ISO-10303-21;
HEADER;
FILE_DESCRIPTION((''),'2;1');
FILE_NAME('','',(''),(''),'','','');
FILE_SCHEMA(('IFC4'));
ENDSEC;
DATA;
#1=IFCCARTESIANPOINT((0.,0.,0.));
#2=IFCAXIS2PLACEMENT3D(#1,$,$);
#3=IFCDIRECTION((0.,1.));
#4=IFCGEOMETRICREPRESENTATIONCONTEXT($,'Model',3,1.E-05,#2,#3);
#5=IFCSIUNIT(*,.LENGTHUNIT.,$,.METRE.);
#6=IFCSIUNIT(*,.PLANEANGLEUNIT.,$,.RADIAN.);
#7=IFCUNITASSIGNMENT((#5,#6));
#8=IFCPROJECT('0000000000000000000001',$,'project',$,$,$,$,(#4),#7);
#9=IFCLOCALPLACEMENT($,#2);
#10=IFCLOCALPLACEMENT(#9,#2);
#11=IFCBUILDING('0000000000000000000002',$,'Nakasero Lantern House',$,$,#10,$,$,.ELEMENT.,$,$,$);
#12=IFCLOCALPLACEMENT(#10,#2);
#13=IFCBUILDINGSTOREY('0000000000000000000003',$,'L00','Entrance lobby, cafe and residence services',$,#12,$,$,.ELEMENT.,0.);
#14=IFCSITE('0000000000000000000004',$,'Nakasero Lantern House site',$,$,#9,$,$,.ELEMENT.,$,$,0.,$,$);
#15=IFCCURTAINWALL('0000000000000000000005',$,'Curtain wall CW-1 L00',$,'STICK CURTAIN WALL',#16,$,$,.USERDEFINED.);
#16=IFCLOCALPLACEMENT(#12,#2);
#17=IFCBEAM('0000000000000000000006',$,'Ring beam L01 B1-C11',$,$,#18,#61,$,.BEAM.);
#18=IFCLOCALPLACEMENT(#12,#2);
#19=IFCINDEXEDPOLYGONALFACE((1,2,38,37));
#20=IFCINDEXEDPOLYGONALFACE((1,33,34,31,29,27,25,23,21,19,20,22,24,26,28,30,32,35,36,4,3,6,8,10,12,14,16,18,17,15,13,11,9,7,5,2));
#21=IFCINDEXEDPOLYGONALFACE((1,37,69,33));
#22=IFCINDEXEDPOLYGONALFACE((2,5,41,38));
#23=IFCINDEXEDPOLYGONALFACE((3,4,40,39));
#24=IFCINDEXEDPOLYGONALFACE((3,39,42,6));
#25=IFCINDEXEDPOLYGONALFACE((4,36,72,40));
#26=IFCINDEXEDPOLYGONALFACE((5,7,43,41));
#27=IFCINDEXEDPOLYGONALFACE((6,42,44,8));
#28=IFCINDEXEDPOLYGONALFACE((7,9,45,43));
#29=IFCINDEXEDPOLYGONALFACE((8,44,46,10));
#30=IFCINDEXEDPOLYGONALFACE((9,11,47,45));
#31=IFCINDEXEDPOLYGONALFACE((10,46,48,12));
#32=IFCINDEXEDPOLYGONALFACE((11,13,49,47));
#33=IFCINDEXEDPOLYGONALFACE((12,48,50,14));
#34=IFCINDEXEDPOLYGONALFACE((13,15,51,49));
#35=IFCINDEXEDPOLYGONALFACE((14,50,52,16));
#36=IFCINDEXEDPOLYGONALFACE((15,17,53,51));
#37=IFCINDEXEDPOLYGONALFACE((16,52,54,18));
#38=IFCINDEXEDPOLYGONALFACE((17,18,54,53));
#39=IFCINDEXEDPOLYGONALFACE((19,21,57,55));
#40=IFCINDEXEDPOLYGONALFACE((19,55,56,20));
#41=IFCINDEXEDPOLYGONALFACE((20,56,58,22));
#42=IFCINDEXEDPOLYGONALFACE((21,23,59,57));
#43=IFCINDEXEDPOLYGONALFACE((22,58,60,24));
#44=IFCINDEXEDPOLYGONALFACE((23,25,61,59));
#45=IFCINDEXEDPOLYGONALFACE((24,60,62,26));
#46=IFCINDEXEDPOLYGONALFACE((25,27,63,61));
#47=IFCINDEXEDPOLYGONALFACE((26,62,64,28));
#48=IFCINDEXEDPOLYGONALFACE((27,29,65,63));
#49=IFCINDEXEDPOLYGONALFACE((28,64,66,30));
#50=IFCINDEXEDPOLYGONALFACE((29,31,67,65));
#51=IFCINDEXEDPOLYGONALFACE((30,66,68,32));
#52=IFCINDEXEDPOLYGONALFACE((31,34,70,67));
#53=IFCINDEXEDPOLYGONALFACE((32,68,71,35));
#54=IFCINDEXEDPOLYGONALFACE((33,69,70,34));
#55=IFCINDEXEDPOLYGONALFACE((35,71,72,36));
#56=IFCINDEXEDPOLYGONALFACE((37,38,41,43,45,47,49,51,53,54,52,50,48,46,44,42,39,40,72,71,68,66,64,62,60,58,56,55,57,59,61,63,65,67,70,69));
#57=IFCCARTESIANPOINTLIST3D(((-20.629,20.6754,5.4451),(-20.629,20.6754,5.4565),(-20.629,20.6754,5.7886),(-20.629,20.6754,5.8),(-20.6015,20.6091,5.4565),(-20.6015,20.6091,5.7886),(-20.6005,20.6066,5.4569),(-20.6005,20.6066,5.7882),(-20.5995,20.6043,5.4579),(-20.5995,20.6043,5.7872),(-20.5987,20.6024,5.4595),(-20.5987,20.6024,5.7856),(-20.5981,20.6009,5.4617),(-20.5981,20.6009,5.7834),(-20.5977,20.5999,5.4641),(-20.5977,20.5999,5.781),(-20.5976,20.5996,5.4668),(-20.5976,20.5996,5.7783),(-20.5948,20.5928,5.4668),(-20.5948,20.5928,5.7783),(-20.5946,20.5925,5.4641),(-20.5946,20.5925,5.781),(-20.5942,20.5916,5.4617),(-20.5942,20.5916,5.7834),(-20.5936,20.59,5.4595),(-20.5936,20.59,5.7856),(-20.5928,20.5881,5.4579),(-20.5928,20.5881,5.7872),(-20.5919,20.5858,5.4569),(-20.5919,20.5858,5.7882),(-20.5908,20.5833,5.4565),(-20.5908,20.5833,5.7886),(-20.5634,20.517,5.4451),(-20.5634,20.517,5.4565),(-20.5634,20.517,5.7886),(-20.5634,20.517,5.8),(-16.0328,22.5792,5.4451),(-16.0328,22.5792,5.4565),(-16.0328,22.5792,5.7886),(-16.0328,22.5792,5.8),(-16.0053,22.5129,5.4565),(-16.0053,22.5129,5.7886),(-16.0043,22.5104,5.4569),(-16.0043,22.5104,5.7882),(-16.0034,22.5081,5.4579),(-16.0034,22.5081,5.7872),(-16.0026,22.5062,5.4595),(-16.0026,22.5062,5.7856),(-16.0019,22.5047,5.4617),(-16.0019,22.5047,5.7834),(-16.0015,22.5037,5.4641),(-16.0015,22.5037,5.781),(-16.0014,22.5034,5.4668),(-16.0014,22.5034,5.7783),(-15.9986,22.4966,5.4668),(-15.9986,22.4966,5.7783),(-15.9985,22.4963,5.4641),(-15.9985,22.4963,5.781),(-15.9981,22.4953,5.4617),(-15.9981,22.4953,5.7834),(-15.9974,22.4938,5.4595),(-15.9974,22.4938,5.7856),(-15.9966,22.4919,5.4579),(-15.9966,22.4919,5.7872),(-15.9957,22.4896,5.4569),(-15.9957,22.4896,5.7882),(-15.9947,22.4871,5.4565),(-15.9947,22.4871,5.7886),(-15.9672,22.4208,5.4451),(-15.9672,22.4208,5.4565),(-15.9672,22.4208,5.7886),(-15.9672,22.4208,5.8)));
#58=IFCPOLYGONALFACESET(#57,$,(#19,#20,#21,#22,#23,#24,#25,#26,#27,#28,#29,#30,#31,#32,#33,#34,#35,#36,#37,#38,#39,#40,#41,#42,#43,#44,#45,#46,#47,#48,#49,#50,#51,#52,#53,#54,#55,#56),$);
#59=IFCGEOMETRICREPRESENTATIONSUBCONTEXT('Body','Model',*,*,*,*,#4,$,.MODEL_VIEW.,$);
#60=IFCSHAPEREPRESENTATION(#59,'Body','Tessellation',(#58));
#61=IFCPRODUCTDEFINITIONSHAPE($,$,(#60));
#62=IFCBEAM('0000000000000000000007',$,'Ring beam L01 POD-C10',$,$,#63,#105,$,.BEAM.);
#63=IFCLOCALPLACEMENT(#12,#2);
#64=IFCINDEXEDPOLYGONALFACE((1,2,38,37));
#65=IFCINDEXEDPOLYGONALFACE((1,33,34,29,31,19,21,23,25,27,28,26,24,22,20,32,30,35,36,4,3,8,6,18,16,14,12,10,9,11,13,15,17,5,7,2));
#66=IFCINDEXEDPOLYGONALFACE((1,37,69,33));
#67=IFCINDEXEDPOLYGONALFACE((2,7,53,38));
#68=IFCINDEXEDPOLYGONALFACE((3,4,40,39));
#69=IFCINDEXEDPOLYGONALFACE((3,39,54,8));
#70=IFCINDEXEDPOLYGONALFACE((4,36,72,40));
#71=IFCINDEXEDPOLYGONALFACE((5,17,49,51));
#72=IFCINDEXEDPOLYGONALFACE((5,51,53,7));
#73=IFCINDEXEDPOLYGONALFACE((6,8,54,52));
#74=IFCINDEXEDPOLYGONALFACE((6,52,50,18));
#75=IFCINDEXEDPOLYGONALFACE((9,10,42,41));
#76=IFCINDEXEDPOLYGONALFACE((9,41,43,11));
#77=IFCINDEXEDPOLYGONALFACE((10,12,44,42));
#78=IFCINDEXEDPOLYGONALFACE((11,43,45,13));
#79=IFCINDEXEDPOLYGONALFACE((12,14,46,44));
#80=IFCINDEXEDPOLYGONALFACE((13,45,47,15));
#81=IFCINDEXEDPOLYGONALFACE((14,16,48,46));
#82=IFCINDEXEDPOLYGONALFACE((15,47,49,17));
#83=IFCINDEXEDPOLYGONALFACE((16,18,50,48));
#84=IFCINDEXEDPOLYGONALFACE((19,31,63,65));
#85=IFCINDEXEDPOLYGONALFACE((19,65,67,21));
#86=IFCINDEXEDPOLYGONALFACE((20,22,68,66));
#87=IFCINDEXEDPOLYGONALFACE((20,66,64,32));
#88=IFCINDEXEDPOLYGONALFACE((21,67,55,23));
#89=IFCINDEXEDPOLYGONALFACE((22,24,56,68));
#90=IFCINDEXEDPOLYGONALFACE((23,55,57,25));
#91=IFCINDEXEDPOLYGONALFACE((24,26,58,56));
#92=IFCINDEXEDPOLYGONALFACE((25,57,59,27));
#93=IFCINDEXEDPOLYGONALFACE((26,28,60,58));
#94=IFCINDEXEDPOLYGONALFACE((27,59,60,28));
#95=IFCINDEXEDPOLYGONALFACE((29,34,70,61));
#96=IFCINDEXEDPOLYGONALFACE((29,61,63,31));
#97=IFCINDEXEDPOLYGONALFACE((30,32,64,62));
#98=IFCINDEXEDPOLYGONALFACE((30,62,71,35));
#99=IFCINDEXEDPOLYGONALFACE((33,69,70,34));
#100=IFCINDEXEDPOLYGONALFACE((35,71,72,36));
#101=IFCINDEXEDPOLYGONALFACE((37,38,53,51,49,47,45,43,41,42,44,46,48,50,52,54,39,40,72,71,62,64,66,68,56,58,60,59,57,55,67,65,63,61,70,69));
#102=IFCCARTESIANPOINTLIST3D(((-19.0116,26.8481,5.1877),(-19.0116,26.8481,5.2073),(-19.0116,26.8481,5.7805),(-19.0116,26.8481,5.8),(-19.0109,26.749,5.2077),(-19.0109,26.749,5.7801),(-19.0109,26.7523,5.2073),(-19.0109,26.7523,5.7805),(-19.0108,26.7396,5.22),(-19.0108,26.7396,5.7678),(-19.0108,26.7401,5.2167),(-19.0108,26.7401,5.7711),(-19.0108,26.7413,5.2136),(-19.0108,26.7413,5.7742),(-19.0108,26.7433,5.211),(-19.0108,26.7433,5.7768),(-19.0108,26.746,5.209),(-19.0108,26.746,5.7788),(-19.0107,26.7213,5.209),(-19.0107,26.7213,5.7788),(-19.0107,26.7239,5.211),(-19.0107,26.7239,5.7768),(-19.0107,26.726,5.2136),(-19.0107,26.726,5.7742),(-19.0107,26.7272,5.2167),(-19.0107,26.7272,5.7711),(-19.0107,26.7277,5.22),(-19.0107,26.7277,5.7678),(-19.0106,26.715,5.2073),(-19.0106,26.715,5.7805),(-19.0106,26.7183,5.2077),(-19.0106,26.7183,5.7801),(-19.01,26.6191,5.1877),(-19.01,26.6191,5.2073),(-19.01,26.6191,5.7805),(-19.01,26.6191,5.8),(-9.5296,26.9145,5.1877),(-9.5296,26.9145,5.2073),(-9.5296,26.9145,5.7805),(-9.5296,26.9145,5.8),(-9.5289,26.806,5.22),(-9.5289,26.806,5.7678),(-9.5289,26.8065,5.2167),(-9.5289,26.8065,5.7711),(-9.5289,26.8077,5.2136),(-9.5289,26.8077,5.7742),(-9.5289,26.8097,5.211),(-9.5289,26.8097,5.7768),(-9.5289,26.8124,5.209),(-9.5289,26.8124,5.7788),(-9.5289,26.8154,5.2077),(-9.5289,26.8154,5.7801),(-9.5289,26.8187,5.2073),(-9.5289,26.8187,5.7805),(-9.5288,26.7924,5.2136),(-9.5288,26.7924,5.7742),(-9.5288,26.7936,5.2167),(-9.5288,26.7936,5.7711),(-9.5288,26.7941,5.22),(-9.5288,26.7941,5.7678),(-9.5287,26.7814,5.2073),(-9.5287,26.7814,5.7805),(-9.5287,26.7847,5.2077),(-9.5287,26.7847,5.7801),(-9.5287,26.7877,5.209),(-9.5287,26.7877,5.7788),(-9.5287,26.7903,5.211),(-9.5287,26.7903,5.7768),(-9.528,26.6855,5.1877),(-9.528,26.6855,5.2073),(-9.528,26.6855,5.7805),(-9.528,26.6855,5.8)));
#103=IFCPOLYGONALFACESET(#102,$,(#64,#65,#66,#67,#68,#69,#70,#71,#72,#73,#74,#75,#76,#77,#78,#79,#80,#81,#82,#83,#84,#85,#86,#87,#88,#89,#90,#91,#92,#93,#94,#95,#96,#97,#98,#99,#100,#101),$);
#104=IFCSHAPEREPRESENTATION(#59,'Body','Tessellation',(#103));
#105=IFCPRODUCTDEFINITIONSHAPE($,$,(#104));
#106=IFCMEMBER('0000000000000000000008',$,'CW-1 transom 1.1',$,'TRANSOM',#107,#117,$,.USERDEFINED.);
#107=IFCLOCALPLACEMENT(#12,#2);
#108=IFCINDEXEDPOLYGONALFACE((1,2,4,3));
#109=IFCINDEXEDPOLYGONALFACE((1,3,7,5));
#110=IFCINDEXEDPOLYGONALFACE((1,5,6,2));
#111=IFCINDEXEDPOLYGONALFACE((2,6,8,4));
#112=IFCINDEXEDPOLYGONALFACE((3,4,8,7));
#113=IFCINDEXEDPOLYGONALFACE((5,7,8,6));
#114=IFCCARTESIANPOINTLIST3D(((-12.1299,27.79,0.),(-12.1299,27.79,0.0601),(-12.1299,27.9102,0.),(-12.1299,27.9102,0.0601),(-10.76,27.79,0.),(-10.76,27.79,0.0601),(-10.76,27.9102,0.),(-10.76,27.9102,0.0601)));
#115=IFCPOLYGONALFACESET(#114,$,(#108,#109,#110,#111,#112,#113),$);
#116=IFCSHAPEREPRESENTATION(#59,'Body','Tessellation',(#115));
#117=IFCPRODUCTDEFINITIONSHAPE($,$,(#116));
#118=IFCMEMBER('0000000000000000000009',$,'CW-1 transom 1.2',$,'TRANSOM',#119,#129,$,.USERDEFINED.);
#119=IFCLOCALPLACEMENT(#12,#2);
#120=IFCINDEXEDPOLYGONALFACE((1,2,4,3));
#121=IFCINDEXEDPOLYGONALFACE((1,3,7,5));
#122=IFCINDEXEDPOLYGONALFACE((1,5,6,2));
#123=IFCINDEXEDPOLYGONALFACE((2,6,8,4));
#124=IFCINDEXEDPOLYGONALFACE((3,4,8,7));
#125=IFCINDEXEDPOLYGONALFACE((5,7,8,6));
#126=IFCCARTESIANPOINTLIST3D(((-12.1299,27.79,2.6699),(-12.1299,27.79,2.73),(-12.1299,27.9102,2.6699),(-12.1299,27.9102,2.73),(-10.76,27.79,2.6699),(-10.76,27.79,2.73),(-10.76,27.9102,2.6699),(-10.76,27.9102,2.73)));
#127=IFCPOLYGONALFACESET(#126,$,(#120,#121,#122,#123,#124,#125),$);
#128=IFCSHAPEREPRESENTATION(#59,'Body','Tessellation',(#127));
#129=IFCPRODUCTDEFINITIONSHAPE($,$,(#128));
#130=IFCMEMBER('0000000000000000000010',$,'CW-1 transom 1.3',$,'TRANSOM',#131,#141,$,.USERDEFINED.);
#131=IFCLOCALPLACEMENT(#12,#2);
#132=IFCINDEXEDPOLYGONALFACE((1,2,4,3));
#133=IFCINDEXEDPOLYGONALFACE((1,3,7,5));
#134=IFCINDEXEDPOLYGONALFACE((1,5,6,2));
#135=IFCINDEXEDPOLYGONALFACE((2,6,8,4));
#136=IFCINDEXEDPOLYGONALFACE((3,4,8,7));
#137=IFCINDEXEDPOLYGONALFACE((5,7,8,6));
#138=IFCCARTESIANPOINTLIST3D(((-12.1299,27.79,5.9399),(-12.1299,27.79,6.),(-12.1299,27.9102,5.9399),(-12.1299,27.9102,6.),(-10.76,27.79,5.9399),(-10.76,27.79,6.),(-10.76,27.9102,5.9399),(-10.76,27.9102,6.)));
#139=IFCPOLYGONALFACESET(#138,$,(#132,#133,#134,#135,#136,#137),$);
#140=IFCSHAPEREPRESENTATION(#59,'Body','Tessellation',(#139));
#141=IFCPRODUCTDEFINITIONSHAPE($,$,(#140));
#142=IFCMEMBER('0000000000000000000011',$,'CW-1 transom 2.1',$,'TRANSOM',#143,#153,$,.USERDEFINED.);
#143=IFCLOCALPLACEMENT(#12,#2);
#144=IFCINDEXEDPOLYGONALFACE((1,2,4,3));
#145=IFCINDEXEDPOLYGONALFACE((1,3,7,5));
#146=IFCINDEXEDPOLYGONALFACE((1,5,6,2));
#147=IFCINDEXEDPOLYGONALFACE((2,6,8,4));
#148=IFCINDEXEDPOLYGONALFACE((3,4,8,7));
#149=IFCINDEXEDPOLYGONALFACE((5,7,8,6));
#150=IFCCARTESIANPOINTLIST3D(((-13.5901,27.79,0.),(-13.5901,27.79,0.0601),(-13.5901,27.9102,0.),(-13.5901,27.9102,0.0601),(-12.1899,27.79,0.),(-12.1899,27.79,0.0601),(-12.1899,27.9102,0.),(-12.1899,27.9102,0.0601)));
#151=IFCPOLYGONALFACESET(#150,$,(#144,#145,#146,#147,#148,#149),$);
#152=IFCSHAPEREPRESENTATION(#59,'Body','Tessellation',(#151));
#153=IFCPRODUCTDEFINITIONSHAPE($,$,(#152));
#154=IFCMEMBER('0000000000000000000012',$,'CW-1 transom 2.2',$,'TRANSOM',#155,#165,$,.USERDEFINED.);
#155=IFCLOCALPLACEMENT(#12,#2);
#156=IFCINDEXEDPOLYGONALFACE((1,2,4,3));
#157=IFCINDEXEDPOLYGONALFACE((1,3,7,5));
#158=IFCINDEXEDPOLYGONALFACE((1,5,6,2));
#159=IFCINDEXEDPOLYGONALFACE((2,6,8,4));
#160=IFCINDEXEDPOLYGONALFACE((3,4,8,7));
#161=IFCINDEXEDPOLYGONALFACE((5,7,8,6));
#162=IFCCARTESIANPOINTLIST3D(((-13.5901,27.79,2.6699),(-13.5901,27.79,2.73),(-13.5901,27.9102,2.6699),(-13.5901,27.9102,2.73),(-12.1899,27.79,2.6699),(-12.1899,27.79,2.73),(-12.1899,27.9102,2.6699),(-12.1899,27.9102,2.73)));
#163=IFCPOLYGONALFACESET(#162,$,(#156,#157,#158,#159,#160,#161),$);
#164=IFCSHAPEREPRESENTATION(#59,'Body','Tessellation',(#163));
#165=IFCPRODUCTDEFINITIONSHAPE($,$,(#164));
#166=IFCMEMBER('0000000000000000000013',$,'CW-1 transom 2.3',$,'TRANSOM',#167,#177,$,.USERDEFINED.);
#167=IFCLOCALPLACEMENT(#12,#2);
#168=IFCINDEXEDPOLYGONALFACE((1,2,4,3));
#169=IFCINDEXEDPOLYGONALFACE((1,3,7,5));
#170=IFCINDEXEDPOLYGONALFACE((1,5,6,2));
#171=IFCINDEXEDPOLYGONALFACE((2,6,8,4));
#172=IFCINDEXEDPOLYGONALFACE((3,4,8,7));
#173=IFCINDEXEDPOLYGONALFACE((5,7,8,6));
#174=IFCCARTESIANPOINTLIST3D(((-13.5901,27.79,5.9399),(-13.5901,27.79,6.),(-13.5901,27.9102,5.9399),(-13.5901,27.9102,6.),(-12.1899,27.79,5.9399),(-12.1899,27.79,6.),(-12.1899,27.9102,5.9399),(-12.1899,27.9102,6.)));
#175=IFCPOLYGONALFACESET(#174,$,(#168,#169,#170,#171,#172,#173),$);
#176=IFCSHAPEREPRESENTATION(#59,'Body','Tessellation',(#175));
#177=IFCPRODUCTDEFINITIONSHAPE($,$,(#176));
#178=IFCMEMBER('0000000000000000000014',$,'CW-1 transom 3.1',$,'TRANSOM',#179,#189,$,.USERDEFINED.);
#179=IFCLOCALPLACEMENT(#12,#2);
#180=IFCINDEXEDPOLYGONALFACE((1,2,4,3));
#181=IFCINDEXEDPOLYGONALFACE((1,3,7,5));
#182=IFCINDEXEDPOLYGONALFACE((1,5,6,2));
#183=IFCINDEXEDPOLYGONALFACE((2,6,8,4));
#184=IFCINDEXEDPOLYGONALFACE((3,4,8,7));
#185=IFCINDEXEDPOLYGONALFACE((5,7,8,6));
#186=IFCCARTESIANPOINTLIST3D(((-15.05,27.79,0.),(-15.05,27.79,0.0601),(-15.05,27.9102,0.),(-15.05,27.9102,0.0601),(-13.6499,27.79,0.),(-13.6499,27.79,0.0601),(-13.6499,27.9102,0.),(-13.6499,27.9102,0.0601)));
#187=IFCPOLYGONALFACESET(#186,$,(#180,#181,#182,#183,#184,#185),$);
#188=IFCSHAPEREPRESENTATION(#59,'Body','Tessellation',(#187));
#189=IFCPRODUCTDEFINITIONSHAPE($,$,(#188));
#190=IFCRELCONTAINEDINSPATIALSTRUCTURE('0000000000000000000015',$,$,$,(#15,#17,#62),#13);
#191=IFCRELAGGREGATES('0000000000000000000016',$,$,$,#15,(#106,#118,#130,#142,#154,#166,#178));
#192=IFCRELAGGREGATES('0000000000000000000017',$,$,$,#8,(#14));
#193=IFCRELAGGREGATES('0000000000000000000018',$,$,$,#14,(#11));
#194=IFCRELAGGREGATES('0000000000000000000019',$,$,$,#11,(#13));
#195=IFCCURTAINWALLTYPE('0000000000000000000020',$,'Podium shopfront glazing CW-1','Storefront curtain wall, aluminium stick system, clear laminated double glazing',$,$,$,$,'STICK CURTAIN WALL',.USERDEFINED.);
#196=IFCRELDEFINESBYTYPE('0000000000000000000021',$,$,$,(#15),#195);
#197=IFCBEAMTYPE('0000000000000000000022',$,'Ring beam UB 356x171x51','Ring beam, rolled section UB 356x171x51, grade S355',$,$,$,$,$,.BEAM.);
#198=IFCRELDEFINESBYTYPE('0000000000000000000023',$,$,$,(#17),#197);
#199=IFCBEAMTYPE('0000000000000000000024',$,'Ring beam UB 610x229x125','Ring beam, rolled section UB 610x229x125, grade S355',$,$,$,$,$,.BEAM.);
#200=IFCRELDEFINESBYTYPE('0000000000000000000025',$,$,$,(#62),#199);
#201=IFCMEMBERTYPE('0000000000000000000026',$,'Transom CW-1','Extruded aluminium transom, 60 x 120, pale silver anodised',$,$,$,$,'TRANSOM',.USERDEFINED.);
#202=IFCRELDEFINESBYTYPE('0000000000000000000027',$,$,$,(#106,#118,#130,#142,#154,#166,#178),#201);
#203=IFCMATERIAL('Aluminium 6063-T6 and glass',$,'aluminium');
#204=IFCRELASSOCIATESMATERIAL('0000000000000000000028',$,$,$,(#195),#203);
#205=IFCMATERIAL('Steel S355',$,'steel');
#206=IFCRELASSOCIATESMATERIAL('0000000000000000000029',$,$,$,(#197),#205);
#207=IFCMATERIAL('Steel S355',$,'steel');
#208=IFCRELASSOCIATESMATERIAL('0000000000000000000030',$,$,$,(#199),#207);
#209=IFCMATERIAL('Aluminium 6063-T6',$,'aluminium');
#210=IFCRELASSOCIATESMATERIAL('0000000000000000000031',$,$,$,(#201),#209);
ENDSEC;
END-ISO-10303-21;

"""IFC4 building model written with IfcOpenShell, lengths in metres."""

from ifc_helpers import new_model, si_unit, direction, frame, origin, origin_2d, place, context, subcontext, project, spatial, rectangle, i_section, extrude, material, material_profile, profile_set, type_object, element, aggregate, save


model = new_model("IFC4")

# Units and contexts
model_context = context("Model", 3, precision=1e-05, world=origin(), true_north=direction((0.0, 1.0)))
body_context = subcontext(model_context, "Body", "Model", "MODEL_VIEW")
ifc_project = project(units=[si_unit("LENGTHUNIT", "METRE"), si_unit("PLANEANGLEUNIT", "RADIAN")], contexts=[model_context])

# Site, building, storey
site_placement = place(None, origin())
site = spatial("IfcSite", under=ifc_project, at=site_placement, Name="Nakasero Lantern House site", CompositionType="ELEMENT", RefElevation=0.0)
building_placement = place(site_placement, origin())
building = spatial("IfcBuilding", under=site, at=building_placement, Name="Nakasero Lantern House", CompositionType="ELEMENT")
storey_placement = place(building_placement, origin())
storey = spatial("IfcBuildingStorey", under=building, at=storey_placement, Name="L00", Description="Entrance lobby, cafe and residence services", CompositionType="ELEMENT", Elevation=0.0)

# Curtain wall
ifc_material_1 = material(Name="Aluminium 6063-T6 and glass", Category="aluminium")
curtain_wall_type = type_object("IfcCurtainWallType", Name="Podium shopfront glazing CW-1", Description="Storefront curtain wall, aluminium stick system, clear laminated double glazing", ElementType="STICK CURTAIN WALL", PredefinedType="USERDEFINED", material=ifc_material_1)
curtain_wall_placement = place(storey_placement, origin())
curtain_wall = element("IfcCurtainWall", 1, at=curtain_wall_placement, inside=storey, type_object=curtain_wall_type, Name="Curtain wall CW-1 L00", ObjectType="STICK CURTAIN WALL", PredefinedType="USERDEFINED")

# Beams
ifc_material_2 = material(Name="Steel S355", Category="steel")
ifc_material_profile_1 = material_profile(ifc_material_2, i_section(OverallWidth=0.1714, OverallDepth=0.355, WebThickness=0.0073, FlangeThickness=0.0115, FilletRadius=0.0103, at=origin_2d()), Name="UB 356x171x51")
ifc_profile_set_1 = profile_set([ifc_material_profile_1], Name="Steel S355")
beam_type_1 = type_object("IfcBeamType", Name="Ring beam UB 356x171x51", Description="Ring beam, rolled section UB 356x171x51, grade S355", PredefinedType="BEAM", material=ifc_profile_set_1)
beam_1_placement = place(storey_placement, frame((-16.0, 22.5, 5.6226), z_axis=(-0.923879, -0.382684, 0.0), x_axis=(0.382684, -0.923879, 0.0)))
element("IfcBeam", 2, at=beam_1_placement, inside=storey, type_object=beam_type_1, Name="Ring beam L01 B1-C11", PredefinedType="BEAM", context=body_context, shape_type="SweptSolid", body=[
    extrude(i_section(OverallWidth=0.1714, OverallDepth=0.355, WebThickness=0.0073, FlangeThickness=0.0115, FilletRadius=0.0103, at=origin_2d()), origin(), (0.0, 0.0, 1.0), 4.9749),
])
ifc_material_3 = material(Name="Steel S355", Category="steel")
ifc_material_profile_2 = material_profile(ifc_material_3, i_section(OverallWidth=0.229, OverallDepth=0.6123, WebThickness=0.012, FlangeThickness=0.0195, FilletRadius=0.0127, at=origin_2d()), Name="UB 610x229x125")
ifc_profile_set_2 = profile_set([ifc_material_profile_2], Name="Steel S355")
beam_type_2 = type_object("IfcBeamType", Name="Ring beam UB 610x229x125", Description="Ring beam, rolled section UB 610x229x125, grade S355", PredefinedType="BEAM", material=ifc_profile_set_2)
beam_2_placement = place(storey_placement, frame((-9.5288, 26.8, 5.4939), z_axis=(-0.999975, -0.007003, 0.0), x_axis=(0.007003, -0.999975, 0.0)))
element("IfcBeam", 3, at=beam_2_placement, inside=storey, type_object=beam_type_2, Name="Ring beam L01 POD-C10", PredefinedType="BEAM", context=body_context, shape_type="SweptSolid", body=[
    extrude(i_section(OverallWidth=0.229, OverallDepth=0.6123, WebThickness=0.012, FlangeThickness=0.0195, FilletRadius=0.0127, at=origin_2d()), origin(), (0.0, 0.0, 1.0), 9.4822),
])

# Members
ifc_material_4 = material(Name="Aluminium 6063-T6", Category="aluminium")
ifc_material_profile_3 = material_profile(ifc_material_4, rectangle(XDim=0.0601, YDim=0.1201, at=origin_2d()), Name="CW-1 transom 60x120")
ifc_profile_set_3 = profile_set([ifc_material_profile_3], Name="Aluminium 6063-T6")
member_type_1 = type_object("IfcMemberType", Name="Transom CW-1", Description="Extruded aluminium transom, 60 x 120, pale silver anodised", ElementType="TRANSOM", PredefinedType="USERDEFINED", material=ifc_profile_set_3)
member_1_placement = place(storey_placement, frame((-10.76, 27.8501, 0.03), z_axis=(-1.0, 0.0, 0.0), x_axis=(0.0, 0.0, 1.0)))
member_1 = element("IfcMember", 4, at=member_1_placement, type_object=member_type_1, Name="CW-1 transom 1.1", ObjectType="TRANSOM", PredefinedType="USERDEFINED", context=body_context, shape_type="SweptSolid", body=[
    extrude(rectangle(XDim=0.0601, YDim=0.1201, at=origin_2d()), origin(), (0.0, 0.0, 1.0), 1.3699),
])
member_2_placement = place(storey_placement, frame((-10.76, 27.8501, 2.7), z_axis=(-1.0, 0.0, 0.0), x_axis=(0.0, 0.0, 1.0)))
member_2 = element("IfcMember", 5, at=member_2_placement, type_object=member_type_1, Name="CW-1 transom 1.2", ObjectType="TRANSOM", PredefinedType="USERDEFINED", context=body_context, shape_type="SweptSolid", body=[
    extrude(rectangle(XDim=0.0601, YDim=0.1201, at=origin_2d()), origin(), (0.0, 0.0, 1.0), 1.3699),
])
member_3_placement = place(storey_placement, frame((-10.76, 27.8501, 5.97), z_axis=(-1.0, 0.0, 0.0), x_axis=(0.0, 0.0, 1.0)))
member_3 = element("IfcMember", 6, at=member_3_placement, type_object=member_type_1, Name="CW-1 transom 1.3", ObjectType="TRANSOM", PredefinedType="USERDEFINED", context=body_context, shape_type="SweptSolid", body=[
    extrude(rectangle(XDim=0.0601, YDim=0.1201, at=origin_2d()), origin(), (0.0, 0.0, 1.0), 1.3699),
])
member_4_placement = place(storey_placement, frame((-12.1899, 27.8501, 0.03), z_axis=(-1.0, 0.0, 0.0), x_axis=(0.0, 0.0, 1.0)))
member_4 = element("IfcMember", 7, at=member_4_placement, type_object=member_type_1, Name="CW-1 transom 2.1", ObjectType="TRANSOM", PredefinedType="USERDEFINED", context=body_context, shape_type="SweptSolid", body=[
    extrude(rectangle(XDim=0.0601, YDim=0.1201, at=origin_2d()), origin(), (0.0, 0.0, 1.0), 1.4001),
])
member_5_placement = place(storey_placement, frame((-12.1899, 27.8501, 2.7), z_axis=(-1.0, 0.0, 0.0), x_axis=(0.0, 0.0, 1.0)))
member_5 = element("IfcMember", 8, at=member_5_placement, type_object=member_type_1, Name="CW-1 transom 2.2", ObjectType="TRANSOM", PredefinedType="USERDEFINED", context=body_context, shape_type="SweptSolid", body=[
    extrude(rectangle(XDim=0.0601, YDim=0.1201, at=origin_2d()), origin(), (0.0, 0.0, 1.0), 1.4001),
])
member_6_placement = place(storey_placement, frame((-12.1899, 27.8501, 5.97), z_axis=(-1.0, 0.0, 0.0), x_axis=(0.0, 0.0, 1.0)))
member_6 = element("IfcMember", 9, at=member_6_placement, type_object=member_type_1, Name="CW-1 transom 2.3", ObjectType="TRANSOM", PredefinedType="USERDEFINED", context=body_context, shape_type="SweptSolid", body=[
    extrude(rectangle(XDim=0.0601, YDim=0.1201, at=origin_2d()), origin(), (0.0, 0.0, 1.0), 1.4001),
])
member_7_placement = place(storey_placement, frame((-13.6499, 27.8501, 0.03), z_axis=(-1.0, 0.0, 0.0), x_axis=(0.0, 0.0, 1.0)))
member_7 = element("IfcMember", 10, at=member_7_placement, type_object=member_type_1, Name="CW-1 transom 3.1", ObjectType="TRANSOM", PredefinedType="USERDEFINED", context=body_context, shape_type="SweptSolid", body=[
    extrude(rectangle(XDim=0.0601, YDim=0.1201, at=origin_2d()), origin(), (0.0, 0.0, 1.0), 1.4001),
])

aggregate(curtain_wall, [member_1, member_2, member_3, member_4, member_5, member_6, member_7])

save(model, "model.ifc")
